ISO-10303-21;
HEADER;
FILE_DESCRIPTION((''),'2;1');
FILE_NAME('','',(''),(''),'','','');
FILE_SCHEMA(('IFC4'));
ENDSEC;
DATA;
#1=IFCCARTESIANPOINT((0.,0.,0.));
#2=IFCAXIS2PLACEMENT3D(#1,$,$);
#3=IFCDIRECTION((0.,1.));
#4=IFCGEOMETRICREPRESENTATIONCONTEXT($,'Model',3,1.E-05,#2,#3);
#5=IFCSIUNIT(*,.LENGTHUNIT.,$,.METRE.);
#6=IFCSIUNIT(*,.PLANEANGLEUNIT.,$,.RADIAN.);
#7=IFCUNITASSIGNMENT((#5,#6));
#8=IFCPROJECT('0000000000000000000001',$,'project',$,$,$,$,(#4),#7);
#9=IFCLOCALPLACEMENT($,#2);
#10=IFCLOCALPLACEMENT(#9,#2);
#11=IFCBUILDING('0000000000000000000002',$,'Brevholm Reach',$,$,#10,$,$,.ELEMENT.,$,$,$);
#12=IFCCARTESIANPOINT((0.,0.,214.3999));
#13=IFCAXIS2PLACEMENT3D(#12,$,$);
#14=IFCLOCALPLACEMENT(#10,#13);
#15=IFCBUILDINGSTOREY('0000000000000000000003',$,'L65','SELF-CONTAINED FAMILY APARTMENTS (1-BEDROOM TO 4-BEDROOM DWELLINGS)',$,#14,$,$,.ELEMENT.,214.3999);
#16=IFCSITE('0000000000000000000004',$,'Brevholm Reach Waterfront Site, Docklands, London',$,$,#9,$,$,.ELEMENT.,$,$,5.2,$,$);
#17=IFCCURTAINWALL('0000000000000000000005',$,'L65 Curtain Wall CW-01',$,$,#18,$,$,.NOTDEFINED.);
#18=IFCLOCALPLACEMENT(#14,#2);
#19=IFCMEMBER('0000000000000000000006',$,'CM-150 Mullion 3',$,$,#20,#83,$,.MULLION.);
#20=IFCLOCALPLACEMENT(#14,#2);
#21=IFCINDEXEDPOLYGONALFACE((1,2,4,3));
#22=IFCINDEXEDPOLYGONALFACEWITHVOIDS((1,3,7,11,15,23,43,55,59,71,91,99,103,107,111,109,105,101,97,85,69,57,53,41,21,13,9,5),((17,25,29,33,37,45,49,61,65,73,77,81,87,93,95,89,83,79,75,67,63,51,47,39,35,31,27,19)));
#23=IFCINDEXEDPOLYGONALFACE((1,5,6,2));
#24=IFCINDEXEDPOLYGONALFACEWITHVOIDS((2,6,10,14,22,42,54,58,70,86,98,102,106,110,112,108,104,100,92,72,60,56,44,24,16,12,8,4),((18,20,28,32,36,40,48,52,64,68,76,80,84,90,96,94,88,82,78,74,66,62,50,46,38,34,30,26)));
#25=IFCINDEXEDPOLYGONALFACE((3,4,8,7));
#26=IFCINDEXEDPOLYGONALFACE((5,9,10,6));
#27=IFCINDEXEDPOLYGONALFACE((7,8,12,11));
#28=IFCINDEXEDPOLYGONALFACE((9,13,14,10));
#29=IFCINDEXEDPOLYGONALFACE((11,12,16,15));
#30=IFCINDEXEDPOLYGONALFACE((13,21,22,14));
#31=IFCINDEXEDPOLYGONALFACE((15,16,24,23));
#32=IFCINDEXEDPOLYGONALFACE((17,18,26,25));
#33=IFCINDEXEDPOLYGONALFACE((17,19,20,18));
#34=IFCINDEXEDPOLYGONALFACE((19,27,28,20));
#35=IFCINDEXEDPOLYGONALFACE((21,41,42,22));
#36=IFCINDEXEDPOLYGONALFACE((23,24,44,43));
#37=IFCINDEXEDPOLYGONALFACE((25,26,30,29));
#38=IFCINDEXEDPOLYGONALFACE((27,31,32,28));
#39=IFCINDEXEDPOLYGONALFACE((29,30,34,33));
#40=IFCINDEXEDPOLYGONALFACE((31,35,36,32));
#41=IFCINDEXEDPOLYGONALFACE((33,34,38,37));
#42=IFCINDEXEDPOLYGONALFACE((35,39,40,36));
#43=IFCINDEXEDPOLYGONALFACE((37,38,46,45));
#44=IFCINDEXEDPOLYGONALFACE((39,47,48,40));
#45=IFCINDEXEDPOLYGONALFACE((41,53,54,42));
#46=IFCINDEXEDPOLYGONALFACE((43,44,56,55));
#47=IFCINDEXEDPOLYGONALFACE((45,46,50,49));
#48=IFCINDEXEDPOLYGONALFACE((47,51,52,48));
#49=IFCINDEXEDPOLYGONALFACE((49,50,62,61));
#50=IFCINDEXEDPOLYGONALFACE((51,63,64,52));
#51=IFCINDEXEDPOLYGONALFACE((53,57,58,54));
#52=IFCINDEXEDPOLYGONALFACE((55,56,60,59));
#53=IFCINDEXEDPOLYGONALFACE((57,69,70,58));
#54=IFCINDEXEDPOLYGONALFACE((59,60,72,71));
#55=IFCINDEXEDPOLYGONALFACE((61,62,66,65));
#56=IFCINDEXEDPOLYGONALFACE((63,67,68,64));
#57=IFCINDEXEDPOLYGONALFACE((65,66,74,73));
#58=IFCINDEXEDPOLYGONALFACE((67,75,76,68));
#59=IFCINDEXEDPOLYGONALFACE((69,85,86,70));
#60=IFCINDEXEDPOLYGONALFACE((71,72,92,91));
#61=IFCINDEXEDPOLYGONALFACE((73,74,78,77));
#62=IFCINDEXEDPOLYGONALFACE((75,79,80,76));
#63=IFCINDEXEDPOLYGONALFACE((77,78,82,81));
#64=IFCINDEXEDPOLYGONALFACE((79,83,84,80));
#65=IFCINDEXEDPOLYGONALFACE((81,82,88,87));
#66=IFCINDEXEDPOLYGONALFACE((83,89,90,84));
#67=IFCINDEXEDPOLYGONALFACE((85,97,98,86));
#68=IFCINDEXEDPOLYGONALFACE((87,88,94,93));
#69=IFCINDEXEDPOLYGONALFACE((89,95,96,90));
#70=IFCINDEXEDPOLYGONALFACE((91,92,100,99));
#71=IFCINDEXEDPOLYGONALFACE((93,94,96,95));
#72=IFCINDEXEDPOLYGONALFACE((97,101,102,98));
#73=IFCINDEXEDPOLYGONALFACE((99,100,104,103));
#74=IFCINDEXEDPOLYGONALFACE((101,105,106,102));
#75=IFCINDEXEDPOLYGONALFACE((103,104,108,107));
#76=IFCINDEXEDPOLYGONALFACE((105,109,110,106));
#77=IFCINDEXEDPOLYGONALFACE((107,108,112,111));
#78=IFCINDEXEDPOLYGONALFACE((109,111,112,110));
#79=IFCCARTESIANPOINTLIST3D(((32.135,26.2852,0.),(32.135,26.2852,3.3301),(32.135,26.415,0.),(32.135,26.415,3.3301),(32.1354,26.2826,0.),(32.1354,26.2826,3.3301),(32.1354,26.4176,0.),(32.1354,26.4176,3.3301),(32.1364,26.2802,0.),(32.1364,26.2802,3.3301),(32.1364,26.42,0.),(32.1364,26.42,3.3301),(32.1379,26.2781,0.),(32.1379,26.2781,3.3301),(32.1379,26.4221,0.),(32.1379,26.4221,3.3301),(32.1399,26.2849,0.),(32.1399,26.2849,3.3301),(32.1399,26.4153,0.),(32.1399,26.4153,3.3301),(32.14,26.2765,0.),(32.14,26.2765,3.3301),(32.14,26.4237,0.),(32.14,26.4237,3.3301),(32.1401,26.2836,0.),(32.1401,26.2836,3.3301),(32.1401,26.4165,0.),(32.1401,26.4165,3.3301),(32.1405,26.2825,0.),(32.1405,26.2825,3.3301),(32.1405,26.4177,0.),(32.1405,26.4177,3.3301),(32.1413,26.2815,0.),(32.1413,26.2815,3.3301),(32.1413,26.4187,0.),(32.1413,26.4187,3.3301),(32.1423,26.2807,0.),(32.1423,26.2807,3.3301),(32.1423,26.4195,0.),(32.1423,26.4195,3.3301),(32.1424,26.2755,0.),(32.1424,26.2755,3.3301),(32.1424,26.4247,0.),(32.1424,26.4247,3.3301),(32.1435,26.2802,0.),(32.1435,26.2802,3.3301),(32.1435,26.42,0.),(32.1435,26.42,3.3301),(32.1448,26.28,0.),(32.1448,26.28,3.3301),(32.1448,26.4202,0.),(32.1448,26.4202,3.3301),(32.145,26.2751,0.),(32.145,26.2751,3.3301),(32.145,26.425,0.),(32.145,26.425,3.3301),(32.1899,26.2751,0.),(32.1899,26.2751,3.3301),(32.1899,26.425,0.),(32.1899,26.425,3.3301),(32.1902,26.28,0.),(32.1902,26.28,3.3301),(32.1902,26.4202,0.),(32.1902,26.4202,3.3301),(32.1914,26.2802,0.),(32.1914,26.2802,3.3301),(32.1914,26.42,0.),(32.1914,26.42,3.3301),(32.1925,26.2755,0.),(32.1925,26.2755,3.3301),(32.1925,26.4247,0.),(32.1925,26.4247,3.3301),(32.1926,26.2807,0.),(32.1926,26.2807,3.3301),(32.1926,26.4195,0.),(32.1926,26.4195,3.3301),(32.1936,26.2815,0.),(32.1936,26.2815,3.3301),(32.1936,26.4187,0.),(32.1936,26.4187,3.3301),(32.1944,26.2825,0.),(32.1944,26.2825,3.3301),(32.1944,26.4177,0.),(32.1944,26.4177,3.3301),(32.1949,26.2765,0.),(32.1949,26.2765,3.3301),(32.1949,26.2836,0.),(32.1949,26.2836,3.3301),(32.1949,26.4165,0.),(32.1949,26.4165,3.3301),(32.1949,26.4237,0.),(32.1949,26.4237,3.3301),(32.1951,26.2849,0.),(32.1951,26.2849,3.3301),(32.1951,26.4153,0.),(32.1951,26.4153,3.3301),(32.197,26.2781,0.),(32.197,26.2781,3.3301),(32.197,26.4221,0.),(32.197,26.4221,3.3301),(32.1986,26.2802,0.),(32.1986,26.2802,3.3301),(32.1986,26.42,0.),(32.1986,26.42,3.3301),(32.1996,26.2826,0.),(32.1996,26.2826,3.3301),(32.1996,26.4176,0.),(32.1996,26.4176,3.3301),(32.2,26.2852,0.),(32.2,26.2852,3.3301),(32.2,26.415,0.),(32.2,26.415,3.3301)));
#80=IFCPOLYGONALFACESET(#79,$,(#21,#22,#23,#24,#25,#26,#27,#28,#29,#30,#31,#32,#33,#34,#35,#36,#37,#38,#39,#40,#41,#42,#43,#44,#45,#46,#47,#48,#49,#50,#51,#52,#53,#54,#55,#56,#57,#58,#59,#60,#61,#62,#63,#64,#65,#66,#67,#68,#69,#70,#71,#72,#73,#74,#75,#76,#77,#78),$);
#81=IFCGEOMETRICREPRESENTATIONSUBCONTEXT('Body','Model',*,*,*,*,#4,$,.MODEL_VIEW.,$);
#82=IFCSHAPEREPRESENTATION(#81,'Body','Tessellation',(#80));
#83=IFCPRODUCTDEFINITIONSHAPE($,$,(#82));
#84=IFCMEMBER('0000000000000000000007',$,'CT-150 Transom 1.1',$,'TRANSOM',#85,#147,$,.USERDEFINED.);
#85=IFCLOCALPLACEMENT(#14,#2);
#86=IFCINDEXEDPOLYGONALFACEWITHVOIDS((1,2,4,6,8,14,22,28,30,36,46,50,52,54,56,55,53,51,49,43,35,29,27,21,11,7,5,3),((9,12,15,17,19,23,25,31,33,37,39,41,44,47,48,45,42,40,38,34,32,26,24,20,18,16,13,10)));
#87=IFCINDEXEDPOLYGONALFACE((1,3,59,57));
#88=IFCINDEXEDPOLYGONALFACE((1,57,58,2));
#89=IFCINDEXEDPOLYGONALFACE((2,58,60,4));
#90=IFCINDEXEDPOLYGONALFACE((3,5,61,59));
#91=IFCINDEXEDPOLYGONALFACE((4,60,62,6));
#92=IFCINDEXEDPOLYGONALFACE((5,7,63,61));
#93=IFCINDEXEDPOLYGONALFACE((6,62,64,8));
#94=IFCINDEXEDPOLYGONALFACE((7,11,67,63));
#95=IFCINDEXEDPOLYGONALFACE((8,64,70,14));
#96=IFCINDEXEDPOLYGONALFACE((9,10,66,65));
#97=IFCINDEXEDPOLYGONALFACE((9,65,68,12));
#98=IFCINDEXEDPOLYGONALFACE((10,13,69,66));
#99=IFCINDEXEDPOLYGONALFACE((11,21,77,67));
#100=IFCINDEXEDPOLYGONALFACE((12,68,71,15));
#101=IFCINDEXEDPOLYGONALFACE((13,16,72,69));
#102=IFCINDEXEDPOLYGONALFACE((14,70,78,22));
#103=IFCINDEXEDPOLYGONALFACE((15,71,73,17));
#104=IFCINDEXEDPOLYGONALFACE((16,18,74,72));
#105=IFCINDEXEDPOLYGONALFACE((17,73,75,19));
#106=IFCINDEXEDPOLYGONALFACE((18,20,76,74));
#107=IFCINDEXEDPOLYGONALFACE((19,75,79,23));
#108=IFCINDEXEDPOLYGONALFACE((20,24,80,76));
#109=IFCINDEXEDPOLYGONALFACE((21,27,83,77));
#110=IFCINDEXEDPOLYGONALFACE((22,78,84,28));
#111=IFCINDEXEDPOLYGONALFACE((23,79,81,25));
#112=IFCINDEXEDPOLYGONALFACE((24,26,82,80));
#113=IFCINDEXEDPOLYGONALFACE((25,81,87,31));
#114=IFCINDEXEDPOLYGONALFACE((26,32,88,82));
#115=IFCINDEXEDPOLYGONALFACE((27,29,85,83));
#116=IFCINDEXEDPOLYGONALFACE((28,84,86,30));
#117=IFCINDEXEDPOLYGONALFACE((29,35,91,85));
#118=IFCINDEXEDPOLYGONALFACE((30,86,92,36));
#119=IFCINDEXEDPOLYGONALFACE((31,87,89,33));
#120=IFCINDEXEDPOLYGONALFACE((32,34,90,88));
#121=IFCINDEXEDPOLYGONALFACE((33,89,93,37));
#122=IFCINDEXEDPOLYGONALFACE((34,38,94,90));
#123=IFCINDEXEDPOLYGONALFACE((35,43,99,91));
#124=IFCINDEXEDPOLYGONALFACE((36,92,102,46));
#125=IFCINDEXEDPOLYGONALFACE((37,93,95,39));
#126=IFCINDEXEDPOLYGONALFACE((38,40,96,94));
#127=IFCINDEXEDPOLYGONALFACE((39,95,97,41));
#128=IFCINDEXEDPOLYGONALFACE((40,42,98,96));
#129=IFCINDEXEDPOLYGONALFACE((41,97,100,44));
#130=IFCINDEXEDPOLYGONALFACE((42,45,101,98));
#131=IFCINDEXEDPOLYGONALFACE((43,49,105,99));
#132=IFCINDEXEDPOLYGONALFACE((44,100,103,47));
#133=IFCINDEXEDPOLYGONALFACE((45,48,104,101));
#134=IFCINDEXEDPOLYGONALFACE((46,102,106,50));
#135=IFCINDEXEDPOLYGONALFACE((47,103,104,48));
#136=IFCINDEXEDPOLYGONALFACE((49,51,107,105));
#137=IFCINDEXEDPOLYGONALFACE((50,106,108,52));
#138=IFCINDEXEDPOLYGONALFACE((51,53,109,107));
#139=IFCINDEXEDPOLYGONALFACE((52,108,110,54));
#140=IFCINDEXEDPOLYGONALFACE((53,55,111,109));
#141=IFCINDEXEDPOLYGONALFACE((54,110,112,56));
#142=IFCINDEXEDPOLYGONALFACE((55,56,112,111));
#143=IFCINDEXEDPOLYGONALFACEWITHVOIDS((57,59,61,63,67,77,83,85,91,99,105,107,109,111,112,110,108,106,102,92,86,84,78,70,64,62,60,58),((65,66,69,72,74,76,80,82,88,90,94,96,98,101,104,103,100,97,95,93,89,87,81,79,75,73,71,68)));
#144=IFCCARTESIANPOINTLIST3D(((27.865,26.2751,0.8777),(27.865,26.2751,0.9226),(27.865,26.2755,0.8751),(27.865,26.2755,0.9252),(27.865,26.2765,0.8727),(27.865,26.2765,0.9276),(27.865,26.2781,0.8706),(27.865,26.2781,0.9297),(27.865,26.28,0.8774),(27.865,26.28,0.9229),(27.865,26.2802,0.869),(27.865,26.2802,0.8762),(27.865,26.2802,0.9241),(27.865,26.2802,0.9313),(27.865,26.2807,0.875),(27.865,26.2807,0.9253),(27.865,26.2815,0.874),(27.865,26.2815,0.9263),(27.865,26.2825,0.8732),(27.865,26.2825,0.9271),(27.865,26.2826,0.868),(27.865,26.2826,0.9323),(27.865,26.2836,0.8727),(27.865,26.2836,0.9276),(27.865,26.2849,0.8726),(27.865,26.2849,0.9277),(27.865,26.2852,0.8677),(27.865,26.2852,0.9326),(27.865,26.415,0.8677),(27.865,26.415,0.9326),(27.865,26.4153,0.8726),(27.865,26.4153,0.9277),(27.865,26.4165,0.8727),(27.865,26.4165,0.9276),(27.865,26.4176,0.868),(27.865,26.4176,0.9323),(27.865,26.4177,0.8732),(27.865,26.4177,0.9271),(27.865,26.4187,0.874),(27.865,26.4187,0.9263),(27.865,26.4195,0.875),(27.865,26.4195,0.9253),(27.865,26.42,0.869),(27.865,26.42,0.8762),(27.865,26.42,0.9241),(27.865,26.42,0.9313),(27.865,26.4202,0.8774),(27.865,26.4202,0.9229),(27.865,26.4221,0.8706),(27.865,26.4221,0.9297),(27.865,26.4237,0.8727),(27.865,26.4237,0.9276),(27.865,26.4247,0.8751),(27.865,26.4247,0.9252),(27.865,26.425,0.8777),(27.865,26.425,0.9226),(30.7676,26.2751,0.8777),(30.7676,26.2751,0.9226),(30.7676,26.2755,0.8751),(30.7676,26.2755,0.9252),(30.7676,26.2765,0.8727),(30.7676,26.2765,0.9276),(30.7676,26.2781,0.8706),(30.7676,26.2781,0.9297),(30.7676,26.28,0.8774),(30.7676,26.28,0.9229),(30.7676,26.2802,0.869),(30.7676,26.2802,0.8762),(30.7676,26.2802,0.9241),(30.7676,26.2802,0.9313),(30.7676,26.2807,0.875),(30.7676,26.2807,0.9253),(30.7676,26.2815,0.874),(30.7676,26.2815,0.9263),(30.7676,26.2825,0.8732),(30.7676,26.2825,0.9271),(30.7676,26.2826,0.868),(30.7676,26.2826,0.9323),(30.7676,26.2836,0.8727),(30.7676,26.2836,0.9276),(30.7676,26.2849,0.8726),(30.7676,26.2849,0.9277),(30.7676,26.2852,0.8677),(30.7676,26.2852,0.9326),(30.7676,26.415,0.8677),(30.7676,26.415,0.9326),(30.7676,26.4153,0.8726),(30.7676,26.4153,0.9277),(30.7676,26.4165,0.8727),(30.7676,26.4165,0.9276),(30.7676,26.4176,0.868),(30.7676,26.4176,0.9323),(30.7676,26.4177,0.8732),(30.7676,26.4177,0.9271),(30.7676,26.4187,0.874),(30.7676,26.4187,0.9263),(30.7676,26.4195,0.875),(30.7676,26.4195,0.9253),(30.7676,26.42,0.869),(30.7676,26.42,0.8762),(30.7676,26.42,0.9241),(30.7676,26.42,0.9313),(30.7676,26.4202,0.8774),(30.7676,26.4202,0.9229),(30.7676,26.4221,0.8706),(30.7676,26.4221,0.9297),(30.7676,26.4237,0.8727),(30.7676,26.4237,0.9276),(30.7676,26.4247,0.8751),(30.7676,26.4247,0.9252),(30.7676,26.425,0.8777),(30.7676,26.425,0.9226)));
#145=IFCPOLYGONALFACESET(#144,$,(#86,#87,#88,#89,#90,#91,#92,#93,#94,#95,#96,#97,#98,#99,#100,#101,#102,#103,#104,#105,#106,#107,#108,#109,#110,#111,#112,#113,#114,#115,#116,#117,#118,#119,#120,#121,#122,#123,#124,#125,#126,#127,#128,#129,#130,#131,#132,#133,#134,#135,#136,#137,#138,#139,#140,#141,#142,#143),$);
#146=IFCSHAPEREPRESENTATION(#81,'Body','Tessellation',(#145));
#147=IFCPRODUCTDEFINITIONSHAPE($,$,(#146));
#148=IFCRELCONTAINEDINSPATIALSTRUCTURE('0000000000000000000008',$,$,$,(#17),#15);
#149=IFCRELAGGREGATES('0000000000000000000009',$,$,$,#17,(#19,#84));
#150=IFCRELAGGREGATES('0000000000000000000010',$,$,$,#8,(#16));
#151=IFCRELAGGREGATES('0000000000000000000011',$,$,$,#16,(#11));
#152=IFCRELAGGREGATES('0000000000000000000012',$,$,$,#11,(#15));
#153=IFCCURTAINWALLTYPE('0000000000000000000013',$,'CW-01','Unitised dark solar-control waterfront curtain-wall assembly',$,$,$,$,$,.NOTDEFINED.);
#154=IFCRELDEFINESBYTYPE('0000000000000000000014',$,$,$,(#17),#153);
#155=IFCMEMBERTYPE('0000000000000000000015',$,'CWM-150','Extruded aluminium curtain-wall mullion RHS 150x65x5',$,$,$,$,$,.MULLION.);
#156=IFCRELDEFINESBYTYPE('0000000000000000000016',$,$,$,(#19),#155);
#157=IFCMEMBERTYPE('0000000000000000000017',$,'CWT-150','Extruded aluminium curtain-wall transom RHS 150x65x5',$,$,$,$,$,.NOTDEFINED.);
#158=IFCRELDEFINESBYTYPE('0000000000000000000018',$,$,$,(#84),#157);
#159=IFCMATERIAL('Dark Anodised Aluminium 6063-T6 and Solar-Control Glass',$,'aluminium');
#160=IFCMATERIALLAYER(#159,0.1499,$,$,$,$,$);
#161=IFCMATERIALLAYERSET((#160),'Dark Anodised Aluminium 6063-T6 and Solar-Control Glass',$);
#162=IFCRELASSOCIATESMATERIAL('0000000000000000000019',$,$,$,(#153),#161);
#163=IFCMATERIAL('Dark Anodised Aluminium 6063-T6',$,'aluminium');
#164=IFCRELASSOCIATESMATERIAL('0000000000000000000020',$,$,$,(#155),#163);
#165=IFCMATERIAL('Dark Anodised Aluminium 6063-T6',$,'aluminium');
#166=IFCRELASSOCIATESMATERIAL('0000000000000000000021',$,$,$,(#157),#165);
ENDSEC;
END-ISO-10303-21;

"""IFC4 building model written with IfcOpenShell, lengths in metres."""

from ifc_helpers import new_model, si_unit, direction, frame, origin, origin_2d, place, context, subcontext, project, spatial, hollow_rectangle, extrude, material, layer, layer_set, material_profile, profile_set, type_object, element, aggregate, save


model = new_model("IFC4")

# Units and contexts
model_context = context("Model", 3, precision=1e-05, world=origin(), true_north=direction((0.0, 1.0)))
body_context = subcontext(model_context, "Body", "Model", "MODEL_VIEW")
ifc_project = project(units=[si_unit("LENGTHUNIT", "METRE"), si_unit("PLANEANGLEUNIT", "RADIAN")], contexts=[model_context])

# Site, building, storey
site_placement = place(None, origin())
site = spatial("IfcSite", under=ifc_project, at=site_placement, Name="Brevholm Reach Waterfront Site, Docklands, London", CompositionType="ELEMENT", RefElevation=5.2)
building_placement = place(site_placement, origin())
building = spatial("IfcBuilding", under=site, at=building_placement, Name="Brevholm Reach", CompositionType="ELEMENT")
storey_placement = place(building_placement, frame((0.0, 0.0, 214.3999)))
storey = spatial("IfcBuildingStorey", under=building, at=storey_placement, Name="L65", Description="SELF-CONTAINED FAMILY APARTMENTS (1-BEDROOM TO 4-BEDROOM DWELLINGS)", CompositionType="ELEMENT", Elevation=214.3999)

# Curtain wall, members
ifc_material_1 = material(Name="Dark Anodised Aluminium 6063-T6 and Solar-Control Glass", Category="aluminium")
ifc_layer_1 = layer(ifc_material_1, 0.1499)
ifc_layer_set_1 = layer_set([ifc_layer_1], Name="Dark Anodised Aluminium 6063-T6 and Solar-Control Glass")
curtain_wall_type = type_object("IfcCurtainWallType", Name="CW-01", Description="Unitised dark solar-control waterfront curtain-wall assembly", PredefinedType="NOTDEFINED", material=ifc_layer_set_1)
curtain_wall_placement = place(storey_placement, origin())
curtain_wall = element("IfcCurtainWall", 1, at=curtain_wall_placement, inside=storey, type_object=curtain_wall_type, Name="L65 Curtain Wall CW-01", PredefinedType="NOTDEFINED")
ifc_material_2 = material(Name="Dark Anodised Aluminium 6063-T6", Category="aluminium")
ifc_material_profile_1 = material_profile(ifc_material_2, hollow_rectangle(XDim=0.0649, YDim=0.1499, WallThickness=0.0049, InnerFilletRadius=0.0049, OuterFilletRadius=0.01, at=origin_2d()), Name="RHS 150x65x5")
ifc_profile_set_1 = profile_set([ifc_material_profile_1], Name="Dark Anodised Aluminium 6063-T6")
member_type_1 = type_object("IfcMemberType", Name="CWM-150", Description="Extruded aluminium curtain-wall mullion RHS 150x65x5", PredefinedType="MULLION", material=ifc_profile_set_1)
member_1_placement = place(storey_placement, frame((32.1675, 26.3501, 0.0), z_axis=(0.0, 0.0, 1.0), x_axis=(1.0, 0.0, 0.0)))
member_1 = element("IfcMember", 2, at=member_1_placement, type_object=member_type_1, Name="CM-150 Mullion 3", PredefinedType="MULLION", context=body_context, shape_type="SweptSolid", body=[
    extrude(hollow_rectangle(XDim=0.0649, YDim=0.1499, WallThickness=0.0049, InnerFilletRadius=0.0049, OuterFilletRadius=0.01, at=origin_2d()), origin(), (0.0, 0.0, 1.0), 3.3301),
])
ifc_material_3 = material(Name="Dark Anodised Aluminium 6063-T6", Category="aluminium")
ifc_material_profile_2 = material_profile(ifc_material_3, hollow_rectangle(XDim=0.0649, YDim=0.1499, WallThickness=0.0049, InnerFilletRadius=0.0049, OuterFilletRadius=0.01, at=origin_2d()), Name="RHS 150x65x5")
ifc_profile_set_2 = profile_set([ifc_material_profile_2], Name="Dark Anodised Aluminium 6063-T6")
member_type_2 = type_object("IfcMemberType", Name="CWT-150", Description="Extruded aluminium curtain-wall transom RHS 150x65x5", PredefinedType="NOTDEFINED", material=ifc_profile_set_2)
member_2_placement = place(storey_placement, frame((27.865, 26.3501, 0.9001), z_axis=(1.0, 0.0, 0.0), x_axis=(0.0, 0.0, 1.0)))
member_2 = element("IfcMember", 3, at=member_2_placement, type_object=member_type_2, Name="CT-150 Transom 1.1", ObjectType="TRANSOM", PredefinedType="USERDEFINED", context=body_context, shape_type="SweptSolid", body=[
    extrude(hollow_rectangle(XDim=0.0649, YDim=0.1499, WallThickness=0.0049, InnerFilletRadius=0.0049, OuterFilletRadius=0.01, at=origin_2d()), origin(), (0.0, 0.0, 1.0), 2.9026),
])

aggregate(curtain_wall, [member_1, member_2])

save(model, "model.ifc")
